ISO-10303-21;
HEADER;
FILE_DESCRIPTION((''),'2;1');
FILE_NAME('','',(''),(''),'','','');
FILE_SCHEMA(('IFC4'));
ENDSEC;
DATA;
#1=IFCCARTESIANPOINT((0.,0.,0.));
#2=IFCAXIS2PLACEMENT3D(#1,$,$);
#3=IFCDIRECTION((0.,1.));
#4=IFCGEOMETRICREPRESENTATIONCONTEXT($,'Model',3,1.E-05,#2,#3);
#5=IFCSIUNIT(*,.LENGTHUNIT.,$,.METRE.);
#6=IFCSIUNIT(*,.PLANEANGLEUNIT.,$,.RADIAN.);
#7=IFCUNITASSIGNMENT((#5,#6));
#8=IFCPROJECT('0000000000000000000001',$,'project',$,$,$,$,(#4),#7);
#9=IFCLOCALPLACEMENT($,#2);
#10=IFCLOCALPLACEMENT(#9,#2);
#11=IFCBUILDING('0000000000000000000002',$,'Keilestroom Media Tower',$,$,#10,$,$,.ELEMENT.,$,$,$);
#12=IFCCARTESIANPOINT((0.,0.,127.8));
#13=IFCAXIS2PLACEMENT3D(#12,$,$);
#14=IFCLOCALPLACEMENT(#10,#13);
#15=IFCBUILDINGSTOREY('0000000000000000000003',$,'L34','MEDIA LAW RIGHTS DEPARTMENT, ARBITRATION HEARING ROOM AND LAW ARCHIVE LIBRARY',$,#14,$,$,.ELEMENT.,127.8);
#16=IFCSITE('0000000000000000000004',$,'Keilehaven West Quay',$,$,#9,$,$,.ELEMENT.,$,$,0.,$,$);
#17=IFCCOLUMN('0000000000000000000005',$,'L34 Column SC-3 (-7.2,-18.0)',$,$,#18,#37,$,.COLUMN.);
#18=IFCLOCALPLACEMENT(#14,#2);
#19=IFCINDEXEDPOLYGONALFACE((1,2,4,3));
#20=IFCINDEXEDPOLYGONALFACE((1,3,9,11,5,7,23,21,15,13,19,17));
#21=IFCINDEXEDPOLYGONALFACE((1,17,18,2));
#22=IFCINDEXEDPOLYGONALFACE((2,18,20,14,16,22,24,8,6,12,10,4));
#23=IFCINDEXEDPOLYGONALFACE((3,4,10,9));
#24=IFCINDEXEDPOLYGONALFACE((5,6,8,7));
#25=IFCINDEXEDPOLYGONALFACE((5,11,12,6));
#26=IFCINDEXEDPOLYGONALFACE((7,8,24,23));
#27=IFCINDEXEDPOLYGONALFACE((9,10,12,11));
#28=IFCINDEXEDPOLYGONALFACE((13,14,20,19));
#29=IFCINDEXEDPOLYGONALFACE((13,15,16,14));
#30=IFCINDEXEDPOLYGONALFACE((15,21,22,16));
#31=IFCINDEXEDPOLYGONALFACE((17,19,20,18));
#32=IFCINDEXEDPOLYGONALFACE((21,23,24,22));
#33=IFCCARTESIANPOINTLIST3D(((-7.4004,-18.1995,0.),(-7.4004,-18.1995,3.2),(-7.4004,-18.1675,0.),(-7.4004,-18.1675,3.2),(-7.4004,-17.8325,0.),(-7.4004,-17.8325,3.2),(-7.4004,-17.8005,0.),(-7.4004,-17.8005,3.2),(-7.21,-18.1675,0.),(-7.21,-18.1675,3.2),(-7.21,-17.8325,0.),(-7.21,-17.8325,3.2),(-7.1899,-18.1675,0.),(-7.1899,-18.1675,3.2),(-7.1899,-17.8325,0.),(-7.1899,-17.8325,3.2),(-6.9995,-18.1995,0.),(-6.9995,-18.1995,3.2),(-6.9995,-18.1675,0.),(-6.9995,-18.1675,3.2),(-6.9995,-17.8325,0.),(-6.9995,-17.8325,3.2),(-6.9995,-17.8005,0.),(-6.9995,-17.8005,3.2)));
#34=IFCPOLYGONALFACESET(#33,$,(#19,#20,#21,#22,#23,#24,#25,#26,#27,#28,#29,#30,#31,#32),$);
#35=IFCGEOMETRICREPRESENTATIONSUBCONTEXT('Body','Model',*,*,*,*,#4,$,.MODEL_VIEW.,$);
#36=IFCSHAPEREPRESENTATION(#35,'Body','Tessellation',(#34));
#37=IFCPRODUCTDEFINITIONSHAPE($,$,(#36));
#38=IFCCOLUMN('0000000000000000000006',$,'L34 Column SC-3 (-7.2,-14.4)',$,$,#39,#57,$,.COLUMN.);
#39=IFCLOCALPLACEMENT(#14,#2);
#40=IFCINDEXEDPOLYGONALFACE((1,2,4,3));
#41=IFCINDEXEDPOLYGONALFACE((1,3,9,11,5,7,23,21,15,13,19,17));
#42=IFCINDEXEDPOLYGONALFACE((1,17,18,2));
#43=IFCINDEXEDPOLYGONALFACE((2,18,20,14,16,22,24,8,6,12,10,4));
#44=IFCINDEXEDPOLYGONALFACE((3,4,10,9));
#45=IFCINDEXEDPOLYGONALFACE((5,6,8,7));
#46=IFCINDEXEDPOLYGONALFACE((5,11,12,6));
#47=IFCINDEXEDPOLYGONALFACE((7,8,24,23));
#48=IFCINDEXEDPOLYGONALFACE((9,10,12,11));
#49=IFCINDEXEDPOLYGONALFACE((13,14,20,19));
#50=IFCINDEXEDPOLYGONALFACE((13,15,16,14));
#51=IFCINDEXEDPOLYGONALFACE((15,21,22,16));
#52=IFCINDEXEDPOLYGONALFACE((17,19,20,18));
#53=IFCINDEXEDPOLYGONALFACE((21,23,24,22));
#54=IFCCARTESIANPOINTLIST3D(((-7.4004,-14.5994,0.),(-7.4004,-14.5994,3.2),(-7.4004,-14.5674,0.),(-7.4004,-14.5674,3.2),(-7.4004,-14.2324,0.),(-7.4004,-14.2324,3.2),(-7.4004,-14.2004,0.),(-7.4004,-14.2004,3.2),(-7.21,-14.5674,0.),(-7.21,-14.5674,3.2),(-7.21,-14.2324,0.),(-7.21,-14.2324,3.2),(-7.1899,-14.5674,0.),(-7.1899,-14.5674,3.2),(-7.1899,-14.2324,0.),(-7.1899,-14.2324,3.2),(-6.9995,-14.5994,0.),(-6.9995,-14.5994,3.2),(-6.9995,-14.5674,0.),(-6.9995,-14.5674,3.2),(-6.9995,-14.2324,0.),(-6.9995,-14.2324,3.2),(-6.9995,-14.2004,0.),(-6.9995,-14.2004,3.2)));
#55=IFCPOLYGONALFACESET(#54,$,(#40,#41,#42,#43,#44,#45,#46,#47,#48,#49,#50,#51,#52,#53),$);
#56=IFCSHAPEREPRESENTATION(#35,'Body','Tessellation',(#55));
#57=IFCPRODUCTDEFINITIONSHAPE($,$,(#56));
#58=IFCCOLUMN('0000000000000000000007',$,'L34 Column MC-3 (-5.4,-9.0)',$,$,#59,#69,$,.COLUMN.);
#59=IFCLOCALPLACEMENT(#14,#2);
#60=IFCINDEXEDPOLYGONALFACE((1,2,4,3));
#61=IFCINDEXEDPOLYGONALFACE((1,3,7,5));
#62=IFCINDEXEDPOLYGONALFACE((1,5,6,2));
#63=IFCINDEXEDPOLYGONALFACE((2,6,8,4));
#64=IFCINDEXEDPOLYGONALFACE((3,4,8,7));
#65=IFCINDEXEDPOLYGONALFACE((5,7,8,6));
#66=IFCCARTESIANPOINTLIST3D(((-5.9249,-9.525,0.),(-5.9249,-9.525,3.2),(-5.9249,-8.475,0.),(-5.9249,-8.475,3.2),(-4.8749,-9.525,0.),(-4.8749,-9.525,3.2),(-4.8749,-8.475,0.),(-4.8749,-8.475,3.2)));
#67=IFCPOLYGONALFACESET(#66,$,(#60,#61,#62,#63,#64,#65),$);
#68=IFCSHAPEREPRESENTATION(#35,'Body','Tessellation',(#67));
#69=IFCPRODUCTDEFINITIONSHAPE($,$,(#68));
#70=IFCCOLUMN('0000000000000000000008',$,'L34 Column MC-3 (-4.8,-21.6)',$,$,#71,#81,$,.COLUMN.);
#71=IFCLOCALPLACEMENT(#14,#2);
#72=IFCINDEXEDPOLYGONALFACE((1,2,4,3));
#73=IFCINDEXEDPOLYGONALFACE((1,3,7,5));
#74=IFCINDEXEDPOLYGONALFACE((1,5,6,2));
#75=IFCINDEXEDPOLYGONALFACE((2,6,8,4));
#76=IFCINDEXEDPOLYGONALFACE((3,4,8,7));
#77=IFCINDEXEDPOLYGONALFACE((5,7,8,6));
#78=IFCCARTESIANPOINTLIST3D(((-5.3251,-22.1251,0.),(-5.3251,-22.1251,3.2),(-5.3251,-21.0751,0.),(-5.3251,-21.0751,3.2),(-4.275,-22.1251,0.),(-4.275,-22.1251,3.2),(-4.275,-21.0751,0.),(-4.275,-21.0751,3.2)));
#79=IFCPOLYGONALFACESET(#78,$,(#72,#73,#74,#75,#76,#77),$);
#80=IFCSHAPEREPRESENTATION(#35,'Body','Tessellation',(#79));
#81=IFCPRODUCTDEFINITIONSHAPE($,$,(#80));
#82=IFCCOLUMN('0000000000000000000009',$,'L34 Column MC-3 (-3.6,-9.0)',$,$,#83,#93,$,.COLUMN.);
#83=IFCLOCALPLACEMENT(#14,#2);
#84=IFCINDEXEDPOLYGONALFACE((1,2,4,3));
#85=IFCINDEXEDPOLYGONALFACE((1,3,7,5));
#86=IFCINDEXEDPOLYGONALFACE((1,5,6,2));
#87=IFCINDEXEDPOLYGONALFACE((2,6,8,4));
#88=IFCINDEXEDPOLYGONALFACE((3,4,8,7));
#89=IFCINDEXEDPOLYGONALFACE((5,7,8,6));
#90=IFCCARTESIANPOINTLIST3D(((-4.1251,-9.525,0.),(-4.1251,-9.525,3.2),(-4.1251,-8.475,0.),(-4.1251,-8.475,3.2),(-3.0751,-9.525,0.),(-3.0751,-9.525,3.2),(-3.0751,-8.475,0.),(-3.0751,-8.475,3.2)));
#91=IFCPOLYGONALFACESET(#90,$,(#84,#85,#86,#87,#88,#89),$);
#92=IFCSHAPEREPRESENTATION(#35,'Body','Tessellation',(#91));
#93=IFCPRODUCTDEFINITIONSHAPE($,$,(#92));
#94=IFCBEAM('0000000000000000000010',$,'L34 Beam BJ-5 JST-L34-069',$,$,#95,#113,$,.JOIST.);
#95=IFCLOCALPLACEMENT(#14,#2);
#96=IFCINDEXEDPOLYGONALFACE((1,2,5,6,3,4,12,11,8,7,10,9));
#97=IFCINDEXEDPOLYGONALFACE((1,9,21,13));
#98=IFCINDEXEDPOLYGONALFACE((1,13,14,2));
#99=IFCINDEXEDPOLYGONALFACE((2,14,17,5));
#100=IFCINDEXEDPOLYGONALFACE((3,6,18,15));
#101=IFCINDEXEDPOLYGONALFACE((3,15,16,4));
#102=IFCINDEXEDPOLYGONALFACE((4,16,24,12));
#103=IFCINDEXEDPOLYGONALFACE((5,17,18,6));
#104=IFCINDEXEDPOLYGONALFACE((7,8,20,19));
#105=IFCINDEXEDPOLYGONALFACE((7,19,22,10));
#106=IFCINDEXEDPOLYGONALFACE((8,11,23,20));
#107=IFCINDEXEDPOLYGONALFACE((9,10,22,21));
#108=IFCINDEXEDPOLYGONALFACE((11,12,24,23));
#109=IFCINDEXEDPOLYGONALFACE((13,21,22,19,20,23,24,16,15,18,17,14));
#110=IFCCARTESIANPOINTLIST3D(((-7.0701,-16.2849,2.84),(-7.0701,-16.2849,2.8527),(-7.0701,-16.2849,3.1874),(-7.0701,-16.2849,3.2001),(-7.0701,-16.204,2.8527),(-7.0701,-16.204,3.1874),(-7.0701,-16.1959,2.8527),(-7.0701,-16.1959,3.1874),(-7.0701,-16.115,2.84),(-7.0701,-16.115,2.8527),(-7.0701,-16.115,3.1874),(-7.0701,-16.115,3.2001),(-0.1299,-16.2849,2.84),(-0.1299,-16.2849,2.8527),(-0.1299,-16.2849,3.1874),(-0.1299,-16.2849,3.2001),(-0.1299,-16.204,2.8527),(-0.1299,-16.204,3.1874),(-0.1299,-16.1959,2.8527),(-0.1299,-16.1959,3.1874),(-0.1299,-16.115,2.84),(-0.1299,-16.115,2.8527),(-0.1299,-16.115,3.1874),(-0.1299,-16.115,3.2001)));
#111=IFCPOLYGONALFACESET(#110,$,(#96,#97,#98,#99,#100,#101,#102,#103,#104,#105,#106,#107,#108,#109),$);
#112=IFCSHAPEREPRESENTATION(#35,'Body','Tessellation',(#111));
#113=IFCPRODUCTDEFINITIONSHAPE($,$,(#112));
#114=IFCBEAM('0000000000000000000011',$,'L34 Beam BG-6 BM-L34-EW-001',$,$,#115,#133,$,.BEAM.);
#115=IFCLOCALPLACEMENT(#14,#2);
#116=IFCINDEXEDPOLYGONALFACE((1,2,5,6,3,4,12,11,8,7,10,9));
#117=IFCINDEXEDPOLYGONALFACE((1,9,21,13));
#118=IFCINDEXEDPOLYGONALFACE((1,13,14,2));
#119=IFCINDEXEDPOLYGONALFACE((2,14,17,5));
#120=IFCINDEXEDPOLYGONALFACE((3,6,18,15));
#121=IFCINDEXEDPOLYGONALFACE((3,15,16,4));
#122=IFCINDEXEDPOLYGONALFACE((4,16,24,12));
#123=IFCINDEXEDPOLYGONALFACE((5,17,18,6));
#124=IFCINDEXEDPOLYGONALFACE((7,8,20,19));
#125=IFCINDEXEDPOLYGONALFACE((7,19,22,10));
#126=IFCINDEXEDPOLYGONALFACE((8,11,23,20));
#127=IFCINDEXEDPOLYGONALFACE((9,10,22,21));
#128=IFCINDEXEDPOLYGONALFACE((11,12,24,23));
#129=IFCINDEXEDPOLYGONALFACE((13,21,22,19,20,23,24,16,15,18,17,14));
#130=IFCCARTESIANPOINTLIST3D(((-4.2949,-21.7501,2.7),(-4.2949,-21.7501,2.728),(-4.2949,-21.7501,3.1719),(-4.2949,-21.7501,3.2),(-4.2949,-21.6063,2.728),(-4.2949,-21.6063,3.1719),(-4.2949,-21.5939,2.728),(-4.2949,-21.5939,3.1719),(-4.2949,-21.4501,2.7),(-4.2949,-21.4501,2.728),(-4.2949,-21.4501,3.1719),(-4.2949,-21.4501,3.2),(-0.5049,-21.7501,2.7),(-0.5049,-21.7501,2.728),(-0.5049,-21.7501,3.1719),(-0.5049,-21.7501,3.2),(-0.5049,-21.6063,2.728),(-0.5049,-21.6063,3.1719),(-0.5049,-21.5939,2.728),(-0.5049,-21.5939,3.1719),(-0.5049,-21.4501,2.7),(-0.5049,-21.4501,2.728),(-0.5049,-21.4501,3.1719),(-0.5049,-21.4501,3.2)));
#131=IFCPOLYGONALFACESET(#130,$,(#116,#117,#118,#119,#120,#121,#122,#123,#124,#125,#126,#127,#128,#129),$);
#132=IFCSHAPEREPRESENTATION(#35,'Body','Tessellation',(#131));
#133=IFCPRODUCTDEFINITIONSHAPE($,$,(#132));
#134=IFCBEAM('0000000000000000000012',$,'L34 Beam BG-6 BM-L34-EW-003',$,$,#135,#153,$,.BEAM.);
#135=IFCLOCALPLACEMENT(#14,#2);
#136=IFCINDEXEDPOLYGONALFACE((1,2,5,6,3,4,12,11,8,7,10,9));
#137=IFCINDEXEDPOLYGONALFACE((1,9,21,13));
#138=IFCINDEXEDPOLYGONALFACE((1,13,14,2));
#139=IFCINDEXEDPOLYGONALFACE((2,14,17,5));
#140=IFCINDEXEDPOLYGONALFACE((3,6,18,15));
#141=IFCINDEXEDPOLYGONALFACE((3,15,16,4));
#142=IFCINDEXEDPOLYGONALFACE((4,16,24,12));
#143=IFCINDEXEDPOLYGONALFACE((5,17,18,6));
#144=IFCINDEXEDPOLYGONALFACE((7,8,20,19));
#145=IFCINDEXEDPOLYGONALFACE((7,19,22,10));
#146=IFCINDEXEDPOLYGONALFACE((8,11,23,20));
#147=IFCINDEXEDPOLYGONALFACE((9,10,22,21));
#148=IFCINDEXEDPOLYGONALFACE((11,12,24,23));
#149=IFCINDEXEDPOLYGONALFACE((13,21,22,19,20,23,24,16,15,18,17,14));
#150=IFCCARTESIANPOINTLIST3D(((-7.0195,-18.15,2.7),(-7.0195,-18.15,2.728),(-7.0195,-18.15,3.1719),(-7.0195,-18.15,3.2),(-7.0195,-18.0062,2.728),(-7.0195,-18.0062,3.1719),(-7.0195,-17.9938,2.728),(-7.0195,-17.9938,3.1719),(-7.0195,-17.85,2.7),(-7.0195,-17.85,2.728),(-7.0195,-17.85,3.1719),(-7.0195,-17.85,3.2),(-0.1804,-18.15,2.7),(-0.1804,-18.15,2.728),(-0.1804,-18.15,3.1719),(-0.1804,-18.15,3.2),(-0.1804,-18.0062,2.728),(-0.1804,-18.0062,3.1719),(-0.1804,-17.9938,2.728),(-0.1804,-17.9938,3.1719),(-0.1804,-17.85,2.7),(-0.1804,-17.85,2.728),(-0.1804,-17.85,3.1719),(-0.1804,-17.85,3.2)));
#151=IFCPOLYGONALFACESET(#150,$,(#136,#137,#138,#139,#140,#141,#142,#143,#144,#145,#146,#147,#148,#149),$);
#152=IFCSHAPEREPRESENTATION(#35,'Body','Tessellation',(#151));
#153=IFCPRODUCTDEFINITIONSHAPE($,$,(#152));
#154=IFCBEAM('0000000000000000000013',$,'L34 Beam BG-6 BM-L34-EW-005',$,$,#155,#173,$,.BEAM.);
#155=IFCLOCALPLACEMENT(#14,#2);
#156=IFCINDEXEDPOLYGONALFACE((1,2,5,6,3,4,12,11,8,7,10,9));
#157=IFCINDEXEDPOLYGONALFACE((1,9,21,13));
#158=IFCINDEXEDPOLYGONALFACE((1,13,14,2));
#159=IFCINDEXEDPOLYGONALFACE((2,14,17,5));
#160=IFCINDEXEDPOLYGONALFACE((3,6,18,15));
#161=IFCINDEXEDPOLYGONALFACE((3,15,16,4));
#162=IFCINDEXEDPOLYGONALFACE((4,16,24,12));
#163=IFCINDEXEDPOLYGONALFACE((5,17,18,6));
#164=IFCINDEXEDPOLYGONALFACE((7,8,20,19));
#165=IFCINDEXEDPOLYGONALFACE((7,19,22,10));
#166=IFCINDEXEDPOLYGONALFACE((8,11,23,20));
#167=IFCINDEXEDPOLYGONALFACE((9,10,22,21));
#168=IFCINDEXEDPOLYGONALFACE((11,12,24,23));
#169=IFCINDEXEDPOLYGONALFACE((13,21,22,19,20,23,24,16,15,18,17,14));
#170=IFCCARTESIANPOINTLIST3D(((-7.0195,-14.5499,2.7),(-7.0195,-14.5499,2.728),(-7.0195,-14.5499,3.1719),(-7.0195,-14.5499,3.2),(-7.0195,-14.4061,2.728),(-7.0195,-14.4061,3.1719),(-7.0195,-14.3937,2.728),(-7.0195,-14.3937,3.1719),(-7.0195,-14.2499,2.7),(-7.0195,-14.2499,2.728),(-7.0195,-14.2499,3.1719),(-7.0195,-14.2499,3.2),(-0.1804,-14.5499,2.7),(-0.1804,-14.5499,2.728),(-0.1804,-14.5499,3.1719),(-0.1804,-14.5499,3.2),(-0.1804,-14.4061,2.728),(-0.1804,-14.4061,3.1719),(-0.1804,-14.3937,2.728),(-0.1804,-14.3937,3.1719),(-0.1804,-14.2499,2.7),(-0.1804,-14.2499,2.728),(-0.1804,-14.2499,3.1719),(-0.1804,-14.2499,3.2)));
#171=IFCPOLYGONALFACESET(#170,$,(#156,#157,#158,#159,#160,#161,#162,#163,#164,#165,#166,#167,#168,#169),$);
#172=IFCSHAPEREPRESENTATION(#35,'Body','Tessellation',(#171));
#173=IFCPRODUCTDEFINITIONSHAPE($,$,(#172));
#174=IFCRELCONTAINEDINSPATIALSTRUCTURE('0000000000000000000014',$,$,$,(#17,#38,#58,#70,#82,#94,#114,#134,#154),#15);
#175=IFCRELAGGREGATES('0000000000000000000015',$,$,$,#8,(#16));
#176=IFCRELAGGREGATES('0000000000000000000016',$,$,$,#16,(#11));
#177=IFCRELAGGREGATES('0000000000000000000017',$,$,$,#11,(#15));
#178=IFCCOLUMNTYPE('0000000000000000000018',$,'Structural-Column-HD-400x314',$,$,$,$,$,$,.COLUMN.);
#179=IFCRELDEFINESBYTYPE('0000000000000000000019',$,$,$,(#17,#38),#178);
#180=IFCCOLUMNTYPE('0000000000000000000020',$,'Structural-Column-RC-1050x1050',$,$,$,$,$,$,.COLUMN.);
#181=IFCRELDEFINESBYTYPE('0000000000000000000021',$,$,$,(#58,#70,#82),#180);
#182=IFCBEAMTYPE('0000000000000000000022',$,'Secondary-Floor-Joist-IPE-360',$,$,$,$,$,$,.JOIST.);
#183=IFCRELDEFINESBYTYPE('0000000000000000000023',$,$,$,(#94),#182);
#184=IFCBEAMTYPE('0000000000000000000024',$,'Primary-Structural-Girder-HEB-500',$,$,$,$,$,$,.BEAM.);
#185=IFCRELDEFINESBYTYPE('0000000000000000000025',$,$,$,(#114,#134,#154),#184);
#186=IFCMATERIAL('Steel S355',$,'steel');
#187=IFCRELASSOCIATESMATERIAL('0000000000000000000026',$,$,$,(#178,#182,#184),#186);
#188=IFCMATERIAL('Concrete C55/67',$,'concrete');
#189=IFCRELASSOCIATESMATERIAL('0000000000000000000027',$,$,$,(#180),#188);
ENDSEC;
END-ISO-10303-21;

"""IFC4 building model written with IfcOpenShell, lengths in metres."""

from ifc_helpers import new_model, si_unit, direction, frame, origin, origin_2d, place, context, subcontext, project, spatial, rectangle, i_section, extrude, source, transform, mapped, material, material_profile, profile_set, type_object, element, save


model = new_model("IFC4")

# Units and contexts
model_context = context("Model", 3, precision=1e-05, world=origin(), true_north=direction((0.0, 1.0)))
body_context = subcontext(model_context, "Body", "Model", "MODEL_VIEW")
ifc_project = project(units=[si_unit("LENGTHUNIT", "METRE"), si_unit("PLANEANGLEUNIT", "RADIAN")], contexts=[model_context])

# Site, building, storey
site_placement = place(None, origin())
site = spatial("IfcSite", under=ifc_project, at=site_placement, Name="Keilehaven West Quay", CompositionType="ELEMENT", RefElevation=0.0)
building_placement = place(site_placement, origin())
building = spatial("IfcBuilding", under=site, at=building_placement, Name="Keilestroom Media Tower", CompositionType="ELEMENT")
storey_placement = place(building_placement, frame((0.0, 0.0, 127.8)))
storey = spatial("IfcBuildingStorey", under=building, at=storey_placement, Name="L34", Description="MEDIA LAW RIGHTS DEPARTMENT, ARBITRATION HEARING ROOM AND LAW ARCHIVE LIBRARY", CompositionType="ELEMENT", Elevation=127.8)

# Columns
ifc_material_1 = material(Name="Steel S355", Category="steel")
ifc_material_profile_1 = material_profile(ifc_material_1, i_section(OverallWidth=0.4009, OverallDepth=0.3989, WebThickness=0.02, FlangeThickness=0.032, at=origin_2d()), Name="HD 400x314")
ifc_profile_set_1 = profile_set([ifc_material_profile_1], Name="Steel S355")
column_type_1 = type_object("IfcColumnType", Name="Structural-Column-HD-400x314", PredefinedType="COLUMN", material=ifc_profile_set_1)
shared_shape_1 = source(origin(), body_context, "Body", "SweptSolid", [
    extrude(i_section(OverallWidth=0.4009, OverallDepth=0.3989, WebThickness=0.02, FlangeThickness=0.032, at=origin_2d()), origin(), (0.0, 0.0, 1.0), 3.2),
])
for number, where, z_axis, x_axis, name in (
    (1, (-7.2, -18.0, 0.0), (0.0, 0.0, 1.0), (1.0, 0.0, 0.0), "L34 Column SC-3 (-7.2,-18.0)"),
    (2, (-7.2, -14.3999, 0.0), (0.0, 0.0, 1.0), (1.0, 0.0, 0.0), "L34 Column SC-3 (-7.2,-14.4)"),
):
    element("IfcColumn", number, at=place(storey_placement, frame(where, z_axis=z_axis, x_axis=x_axis)), inside=storey, type_object=column_type_1, Name=name, PredefinedType="COLUMN", context=body_context, shape_type="MappedRepresentation", body=[
        mapped(shared_shape_1, transform((0.0, 0.0, 0.0), x_axis=(1.0, 0.0, 0.0), y_axis=(0.0, 1.0, 0.0), z_axis=(0.0, 0.0, 1.0), scale=1.0)),
    ])
ifc_material_2 = material(Name="Concrete C55/67", Category="concrete")
ifc_material_profile_2 = material_profile(ifc_material_2, rectangle(XDim=1.05, YDim=1.05, at=origin_2d()), Name="RC 1050x1050")
ifc_profile_set_2 = profile_set([ifc_material_profile_2], Name="Concrete C55/67")
column_type_2 = type_object("IfcColumnType", Name="Structural-Column-RC-1050x1050", PredefinedType="COLUMN", material=ifc_profile_set_2)
shared_shape_2 = source(origin(), body_context, "Body", "SweptSolid", [
    extrude(rectangle(XDim=1.05, YDim=1.05, at=origin_2d()), origin(), (0.0, 0.0, 1.0), 3.2),
])
for number, where, z_axis, x_axis, name in (
    (3, (-5.3999, -9.0, 0.0), (0.0, 0.0, 1.0), (1.0, 0.0, 0.0), "L34 Column MC-3 (-5.4,-9.0)"),
    (4, (-4.8, -21.6001, 0.0), (0.0, 0.0, 1.0), (1.0, 0.0, 0.0), "L34 Column MC-3 (-4.8,-21.6)"),
    (5, (-3.6001, -9.0, 0.0), (0.0, 0.0, 1.0), (1.0, 0.0, 0.0), "L34 Column MC-3 (-3.6,-9.0)"),
):
    element("IfcColumn", number, at=place(storey_placement, frame(where, z_axis=z_axis, x_axis=x_axis)), inside=storey, type_object=column_type_2, Name=name, PredefinedType="COLUMN", context=body_context, shape_type="MappedRepresentation", body=[
        mapped(shared_shape_2, transform((0.0, 0.0, 0.0), x_axis=(1.0, 0.0, 0.0), y_axis=(0.0, 1.0, 0.0), z_axis=(0.0, 0.0, 1.0), scale=1.0)),
    ])

# Beams
ifc_material_profile_3 = material_profile(ifc_material_1, i_section(OverallWidth=0.1699, OverallDepth=0.3601, WebThickness=0.0081, FlangeThickness=0.0127, at=origin_2d()), Name="IPE 360")
ifc_profile_set_3 = profile_set([ifc_material_profile_3], Name="Steel S355")
beam_type_1 = type_object("IfcBeamType", Name="Secondary-Floor-Joist-IPE-360", PredefinedType="JOIST", material=ifc_profile_set_3)
shared_shape_3 = source(origin(), body_context, "Body", "SweptSolid", [
    extrude(i_section(OverallWidth=0.1699, OverallDepth=0.3601, WebThickness=0.0081, FlangeThickness=0.0127, at=origin_2d()), origin(), (0.0, 0.0, 1.0), 6.9402),
])
beam_1_placement = place(storey_placement, frame((-7.0701, -16.2, 3.02), z_axis=(1.0, 0.0, 0.0), x_axis=(0.0, 1.0, 0.0)))
element("IfcBeam", 6, at=beam_1_placement, inside=storey, type_object=beam_type_1, Name="L34 Beam BJ-5 JST-L34-069", PredefinedType="JOIST", context=body_context, shape_type="MappedRepresentation", body=[
    mapped(shared_shape_3, transform((0.0, 0.0, 0.0), x_axis=(1.0, 0.0, 0.0), y_axis=(0.0, 1.0, 0.0), z_axis=(0.0, 0.0, 1.0), scale=1.0)),
])
ifc_material_profile_4 = material_profile(ifc_material_1, i_section(OverallWidth=0.3, OverallDepth=0.5, WebThickness=0.0125, FlangeThickness=0.0281, at=origin_2d()), Name="HEB 500")
ifc_profile_set_4 = profile_set([ifc_material_profile_4], Name="Steel S355")
beam_type_2 = type_object("IfcBeamType", Name="Primary-Structural-Girder-HEB-500", PredefinedType="BEAM", material=ifc_profile_set_4)
shared_shape_4 = source(origin(), body_context, "Body", "SweptSolid", [
    extrude(i_section(OverallWidth=0.3, OverallDepth=0.5, WebThickness=0.0125, FlangeThickness=0.0281, at=origin_2d()), origin(), (0.0, 0.0, 1.0), 3.79),
])
beam_2_placement = place(storey_placement, frame((-4.2949, -21.6001, 2.95), z_axis=(1.0, 0.0, 0.0), x_axis=(0.0, 1.0, 0.0)))
element("IfcBeam", 7, at=beam_2_placement, inside=storey, type_object=beam_type_2, Name="L34 Beam BG-6 BM-L34-EW-001", PredefinedType="BEAM", context=body_context, shape_type="MappedRepresentation", body=[
    mapped(shared_shape_4, transform((0.0, 0.0, 0.0), x_axis=(1.0, 0.0, 0.0), y_axis=(0.0, 1.0, 0.0), z_axis=(0.0, 0.0, 1.0), scale=1.0)),
])
shared_shape_5 = source(origin(), body_context, "Body", "SweptSolid", [
    extrude(i_section(OverallWidth=0.3, OverallDepth=0.5, WebThickness=0.0125, FlangeThickness=0.0281, at=origin_2d()), origin(), (0.0, 0.0, 1.0), 6.8391),
])
for number, where, z_axis, x_axis, name in (
    (8, (-7.0195, -18.0, 2.95), (1.0, 0.0, 0.0), (0.0, 1.0, 0.0), "L34 Beam BG-6 BM-L34-EW-003"),
    (9, (-7.0195, -14.3999, 2.95), (1.0, 0.0, 0.0), (0.0, 1.0, 0.0), "L34 Beam BG-6 BM-L34-EW-005"),
):
    element("IfcBeam", number, at=place(storey_placement, frame(where, z_axis=z_axis, x_axis=x_axis)), inside=storey, type_object=beam_type_2, Name=name, PredefinedType="BEAM", context=body_context, shape_type="MappedRepresentation", body=[
        mapped(shared_shape_5, transform((0.0, 0.0, 0.0), x_axis=(1.0, 0.0, 0.0), y_axis=(0.0, 1.0, 0.0), z_axis=(0.0, 0.0, 1.0), scale=1.0)),
    ])

save(model, "model.ifc")
